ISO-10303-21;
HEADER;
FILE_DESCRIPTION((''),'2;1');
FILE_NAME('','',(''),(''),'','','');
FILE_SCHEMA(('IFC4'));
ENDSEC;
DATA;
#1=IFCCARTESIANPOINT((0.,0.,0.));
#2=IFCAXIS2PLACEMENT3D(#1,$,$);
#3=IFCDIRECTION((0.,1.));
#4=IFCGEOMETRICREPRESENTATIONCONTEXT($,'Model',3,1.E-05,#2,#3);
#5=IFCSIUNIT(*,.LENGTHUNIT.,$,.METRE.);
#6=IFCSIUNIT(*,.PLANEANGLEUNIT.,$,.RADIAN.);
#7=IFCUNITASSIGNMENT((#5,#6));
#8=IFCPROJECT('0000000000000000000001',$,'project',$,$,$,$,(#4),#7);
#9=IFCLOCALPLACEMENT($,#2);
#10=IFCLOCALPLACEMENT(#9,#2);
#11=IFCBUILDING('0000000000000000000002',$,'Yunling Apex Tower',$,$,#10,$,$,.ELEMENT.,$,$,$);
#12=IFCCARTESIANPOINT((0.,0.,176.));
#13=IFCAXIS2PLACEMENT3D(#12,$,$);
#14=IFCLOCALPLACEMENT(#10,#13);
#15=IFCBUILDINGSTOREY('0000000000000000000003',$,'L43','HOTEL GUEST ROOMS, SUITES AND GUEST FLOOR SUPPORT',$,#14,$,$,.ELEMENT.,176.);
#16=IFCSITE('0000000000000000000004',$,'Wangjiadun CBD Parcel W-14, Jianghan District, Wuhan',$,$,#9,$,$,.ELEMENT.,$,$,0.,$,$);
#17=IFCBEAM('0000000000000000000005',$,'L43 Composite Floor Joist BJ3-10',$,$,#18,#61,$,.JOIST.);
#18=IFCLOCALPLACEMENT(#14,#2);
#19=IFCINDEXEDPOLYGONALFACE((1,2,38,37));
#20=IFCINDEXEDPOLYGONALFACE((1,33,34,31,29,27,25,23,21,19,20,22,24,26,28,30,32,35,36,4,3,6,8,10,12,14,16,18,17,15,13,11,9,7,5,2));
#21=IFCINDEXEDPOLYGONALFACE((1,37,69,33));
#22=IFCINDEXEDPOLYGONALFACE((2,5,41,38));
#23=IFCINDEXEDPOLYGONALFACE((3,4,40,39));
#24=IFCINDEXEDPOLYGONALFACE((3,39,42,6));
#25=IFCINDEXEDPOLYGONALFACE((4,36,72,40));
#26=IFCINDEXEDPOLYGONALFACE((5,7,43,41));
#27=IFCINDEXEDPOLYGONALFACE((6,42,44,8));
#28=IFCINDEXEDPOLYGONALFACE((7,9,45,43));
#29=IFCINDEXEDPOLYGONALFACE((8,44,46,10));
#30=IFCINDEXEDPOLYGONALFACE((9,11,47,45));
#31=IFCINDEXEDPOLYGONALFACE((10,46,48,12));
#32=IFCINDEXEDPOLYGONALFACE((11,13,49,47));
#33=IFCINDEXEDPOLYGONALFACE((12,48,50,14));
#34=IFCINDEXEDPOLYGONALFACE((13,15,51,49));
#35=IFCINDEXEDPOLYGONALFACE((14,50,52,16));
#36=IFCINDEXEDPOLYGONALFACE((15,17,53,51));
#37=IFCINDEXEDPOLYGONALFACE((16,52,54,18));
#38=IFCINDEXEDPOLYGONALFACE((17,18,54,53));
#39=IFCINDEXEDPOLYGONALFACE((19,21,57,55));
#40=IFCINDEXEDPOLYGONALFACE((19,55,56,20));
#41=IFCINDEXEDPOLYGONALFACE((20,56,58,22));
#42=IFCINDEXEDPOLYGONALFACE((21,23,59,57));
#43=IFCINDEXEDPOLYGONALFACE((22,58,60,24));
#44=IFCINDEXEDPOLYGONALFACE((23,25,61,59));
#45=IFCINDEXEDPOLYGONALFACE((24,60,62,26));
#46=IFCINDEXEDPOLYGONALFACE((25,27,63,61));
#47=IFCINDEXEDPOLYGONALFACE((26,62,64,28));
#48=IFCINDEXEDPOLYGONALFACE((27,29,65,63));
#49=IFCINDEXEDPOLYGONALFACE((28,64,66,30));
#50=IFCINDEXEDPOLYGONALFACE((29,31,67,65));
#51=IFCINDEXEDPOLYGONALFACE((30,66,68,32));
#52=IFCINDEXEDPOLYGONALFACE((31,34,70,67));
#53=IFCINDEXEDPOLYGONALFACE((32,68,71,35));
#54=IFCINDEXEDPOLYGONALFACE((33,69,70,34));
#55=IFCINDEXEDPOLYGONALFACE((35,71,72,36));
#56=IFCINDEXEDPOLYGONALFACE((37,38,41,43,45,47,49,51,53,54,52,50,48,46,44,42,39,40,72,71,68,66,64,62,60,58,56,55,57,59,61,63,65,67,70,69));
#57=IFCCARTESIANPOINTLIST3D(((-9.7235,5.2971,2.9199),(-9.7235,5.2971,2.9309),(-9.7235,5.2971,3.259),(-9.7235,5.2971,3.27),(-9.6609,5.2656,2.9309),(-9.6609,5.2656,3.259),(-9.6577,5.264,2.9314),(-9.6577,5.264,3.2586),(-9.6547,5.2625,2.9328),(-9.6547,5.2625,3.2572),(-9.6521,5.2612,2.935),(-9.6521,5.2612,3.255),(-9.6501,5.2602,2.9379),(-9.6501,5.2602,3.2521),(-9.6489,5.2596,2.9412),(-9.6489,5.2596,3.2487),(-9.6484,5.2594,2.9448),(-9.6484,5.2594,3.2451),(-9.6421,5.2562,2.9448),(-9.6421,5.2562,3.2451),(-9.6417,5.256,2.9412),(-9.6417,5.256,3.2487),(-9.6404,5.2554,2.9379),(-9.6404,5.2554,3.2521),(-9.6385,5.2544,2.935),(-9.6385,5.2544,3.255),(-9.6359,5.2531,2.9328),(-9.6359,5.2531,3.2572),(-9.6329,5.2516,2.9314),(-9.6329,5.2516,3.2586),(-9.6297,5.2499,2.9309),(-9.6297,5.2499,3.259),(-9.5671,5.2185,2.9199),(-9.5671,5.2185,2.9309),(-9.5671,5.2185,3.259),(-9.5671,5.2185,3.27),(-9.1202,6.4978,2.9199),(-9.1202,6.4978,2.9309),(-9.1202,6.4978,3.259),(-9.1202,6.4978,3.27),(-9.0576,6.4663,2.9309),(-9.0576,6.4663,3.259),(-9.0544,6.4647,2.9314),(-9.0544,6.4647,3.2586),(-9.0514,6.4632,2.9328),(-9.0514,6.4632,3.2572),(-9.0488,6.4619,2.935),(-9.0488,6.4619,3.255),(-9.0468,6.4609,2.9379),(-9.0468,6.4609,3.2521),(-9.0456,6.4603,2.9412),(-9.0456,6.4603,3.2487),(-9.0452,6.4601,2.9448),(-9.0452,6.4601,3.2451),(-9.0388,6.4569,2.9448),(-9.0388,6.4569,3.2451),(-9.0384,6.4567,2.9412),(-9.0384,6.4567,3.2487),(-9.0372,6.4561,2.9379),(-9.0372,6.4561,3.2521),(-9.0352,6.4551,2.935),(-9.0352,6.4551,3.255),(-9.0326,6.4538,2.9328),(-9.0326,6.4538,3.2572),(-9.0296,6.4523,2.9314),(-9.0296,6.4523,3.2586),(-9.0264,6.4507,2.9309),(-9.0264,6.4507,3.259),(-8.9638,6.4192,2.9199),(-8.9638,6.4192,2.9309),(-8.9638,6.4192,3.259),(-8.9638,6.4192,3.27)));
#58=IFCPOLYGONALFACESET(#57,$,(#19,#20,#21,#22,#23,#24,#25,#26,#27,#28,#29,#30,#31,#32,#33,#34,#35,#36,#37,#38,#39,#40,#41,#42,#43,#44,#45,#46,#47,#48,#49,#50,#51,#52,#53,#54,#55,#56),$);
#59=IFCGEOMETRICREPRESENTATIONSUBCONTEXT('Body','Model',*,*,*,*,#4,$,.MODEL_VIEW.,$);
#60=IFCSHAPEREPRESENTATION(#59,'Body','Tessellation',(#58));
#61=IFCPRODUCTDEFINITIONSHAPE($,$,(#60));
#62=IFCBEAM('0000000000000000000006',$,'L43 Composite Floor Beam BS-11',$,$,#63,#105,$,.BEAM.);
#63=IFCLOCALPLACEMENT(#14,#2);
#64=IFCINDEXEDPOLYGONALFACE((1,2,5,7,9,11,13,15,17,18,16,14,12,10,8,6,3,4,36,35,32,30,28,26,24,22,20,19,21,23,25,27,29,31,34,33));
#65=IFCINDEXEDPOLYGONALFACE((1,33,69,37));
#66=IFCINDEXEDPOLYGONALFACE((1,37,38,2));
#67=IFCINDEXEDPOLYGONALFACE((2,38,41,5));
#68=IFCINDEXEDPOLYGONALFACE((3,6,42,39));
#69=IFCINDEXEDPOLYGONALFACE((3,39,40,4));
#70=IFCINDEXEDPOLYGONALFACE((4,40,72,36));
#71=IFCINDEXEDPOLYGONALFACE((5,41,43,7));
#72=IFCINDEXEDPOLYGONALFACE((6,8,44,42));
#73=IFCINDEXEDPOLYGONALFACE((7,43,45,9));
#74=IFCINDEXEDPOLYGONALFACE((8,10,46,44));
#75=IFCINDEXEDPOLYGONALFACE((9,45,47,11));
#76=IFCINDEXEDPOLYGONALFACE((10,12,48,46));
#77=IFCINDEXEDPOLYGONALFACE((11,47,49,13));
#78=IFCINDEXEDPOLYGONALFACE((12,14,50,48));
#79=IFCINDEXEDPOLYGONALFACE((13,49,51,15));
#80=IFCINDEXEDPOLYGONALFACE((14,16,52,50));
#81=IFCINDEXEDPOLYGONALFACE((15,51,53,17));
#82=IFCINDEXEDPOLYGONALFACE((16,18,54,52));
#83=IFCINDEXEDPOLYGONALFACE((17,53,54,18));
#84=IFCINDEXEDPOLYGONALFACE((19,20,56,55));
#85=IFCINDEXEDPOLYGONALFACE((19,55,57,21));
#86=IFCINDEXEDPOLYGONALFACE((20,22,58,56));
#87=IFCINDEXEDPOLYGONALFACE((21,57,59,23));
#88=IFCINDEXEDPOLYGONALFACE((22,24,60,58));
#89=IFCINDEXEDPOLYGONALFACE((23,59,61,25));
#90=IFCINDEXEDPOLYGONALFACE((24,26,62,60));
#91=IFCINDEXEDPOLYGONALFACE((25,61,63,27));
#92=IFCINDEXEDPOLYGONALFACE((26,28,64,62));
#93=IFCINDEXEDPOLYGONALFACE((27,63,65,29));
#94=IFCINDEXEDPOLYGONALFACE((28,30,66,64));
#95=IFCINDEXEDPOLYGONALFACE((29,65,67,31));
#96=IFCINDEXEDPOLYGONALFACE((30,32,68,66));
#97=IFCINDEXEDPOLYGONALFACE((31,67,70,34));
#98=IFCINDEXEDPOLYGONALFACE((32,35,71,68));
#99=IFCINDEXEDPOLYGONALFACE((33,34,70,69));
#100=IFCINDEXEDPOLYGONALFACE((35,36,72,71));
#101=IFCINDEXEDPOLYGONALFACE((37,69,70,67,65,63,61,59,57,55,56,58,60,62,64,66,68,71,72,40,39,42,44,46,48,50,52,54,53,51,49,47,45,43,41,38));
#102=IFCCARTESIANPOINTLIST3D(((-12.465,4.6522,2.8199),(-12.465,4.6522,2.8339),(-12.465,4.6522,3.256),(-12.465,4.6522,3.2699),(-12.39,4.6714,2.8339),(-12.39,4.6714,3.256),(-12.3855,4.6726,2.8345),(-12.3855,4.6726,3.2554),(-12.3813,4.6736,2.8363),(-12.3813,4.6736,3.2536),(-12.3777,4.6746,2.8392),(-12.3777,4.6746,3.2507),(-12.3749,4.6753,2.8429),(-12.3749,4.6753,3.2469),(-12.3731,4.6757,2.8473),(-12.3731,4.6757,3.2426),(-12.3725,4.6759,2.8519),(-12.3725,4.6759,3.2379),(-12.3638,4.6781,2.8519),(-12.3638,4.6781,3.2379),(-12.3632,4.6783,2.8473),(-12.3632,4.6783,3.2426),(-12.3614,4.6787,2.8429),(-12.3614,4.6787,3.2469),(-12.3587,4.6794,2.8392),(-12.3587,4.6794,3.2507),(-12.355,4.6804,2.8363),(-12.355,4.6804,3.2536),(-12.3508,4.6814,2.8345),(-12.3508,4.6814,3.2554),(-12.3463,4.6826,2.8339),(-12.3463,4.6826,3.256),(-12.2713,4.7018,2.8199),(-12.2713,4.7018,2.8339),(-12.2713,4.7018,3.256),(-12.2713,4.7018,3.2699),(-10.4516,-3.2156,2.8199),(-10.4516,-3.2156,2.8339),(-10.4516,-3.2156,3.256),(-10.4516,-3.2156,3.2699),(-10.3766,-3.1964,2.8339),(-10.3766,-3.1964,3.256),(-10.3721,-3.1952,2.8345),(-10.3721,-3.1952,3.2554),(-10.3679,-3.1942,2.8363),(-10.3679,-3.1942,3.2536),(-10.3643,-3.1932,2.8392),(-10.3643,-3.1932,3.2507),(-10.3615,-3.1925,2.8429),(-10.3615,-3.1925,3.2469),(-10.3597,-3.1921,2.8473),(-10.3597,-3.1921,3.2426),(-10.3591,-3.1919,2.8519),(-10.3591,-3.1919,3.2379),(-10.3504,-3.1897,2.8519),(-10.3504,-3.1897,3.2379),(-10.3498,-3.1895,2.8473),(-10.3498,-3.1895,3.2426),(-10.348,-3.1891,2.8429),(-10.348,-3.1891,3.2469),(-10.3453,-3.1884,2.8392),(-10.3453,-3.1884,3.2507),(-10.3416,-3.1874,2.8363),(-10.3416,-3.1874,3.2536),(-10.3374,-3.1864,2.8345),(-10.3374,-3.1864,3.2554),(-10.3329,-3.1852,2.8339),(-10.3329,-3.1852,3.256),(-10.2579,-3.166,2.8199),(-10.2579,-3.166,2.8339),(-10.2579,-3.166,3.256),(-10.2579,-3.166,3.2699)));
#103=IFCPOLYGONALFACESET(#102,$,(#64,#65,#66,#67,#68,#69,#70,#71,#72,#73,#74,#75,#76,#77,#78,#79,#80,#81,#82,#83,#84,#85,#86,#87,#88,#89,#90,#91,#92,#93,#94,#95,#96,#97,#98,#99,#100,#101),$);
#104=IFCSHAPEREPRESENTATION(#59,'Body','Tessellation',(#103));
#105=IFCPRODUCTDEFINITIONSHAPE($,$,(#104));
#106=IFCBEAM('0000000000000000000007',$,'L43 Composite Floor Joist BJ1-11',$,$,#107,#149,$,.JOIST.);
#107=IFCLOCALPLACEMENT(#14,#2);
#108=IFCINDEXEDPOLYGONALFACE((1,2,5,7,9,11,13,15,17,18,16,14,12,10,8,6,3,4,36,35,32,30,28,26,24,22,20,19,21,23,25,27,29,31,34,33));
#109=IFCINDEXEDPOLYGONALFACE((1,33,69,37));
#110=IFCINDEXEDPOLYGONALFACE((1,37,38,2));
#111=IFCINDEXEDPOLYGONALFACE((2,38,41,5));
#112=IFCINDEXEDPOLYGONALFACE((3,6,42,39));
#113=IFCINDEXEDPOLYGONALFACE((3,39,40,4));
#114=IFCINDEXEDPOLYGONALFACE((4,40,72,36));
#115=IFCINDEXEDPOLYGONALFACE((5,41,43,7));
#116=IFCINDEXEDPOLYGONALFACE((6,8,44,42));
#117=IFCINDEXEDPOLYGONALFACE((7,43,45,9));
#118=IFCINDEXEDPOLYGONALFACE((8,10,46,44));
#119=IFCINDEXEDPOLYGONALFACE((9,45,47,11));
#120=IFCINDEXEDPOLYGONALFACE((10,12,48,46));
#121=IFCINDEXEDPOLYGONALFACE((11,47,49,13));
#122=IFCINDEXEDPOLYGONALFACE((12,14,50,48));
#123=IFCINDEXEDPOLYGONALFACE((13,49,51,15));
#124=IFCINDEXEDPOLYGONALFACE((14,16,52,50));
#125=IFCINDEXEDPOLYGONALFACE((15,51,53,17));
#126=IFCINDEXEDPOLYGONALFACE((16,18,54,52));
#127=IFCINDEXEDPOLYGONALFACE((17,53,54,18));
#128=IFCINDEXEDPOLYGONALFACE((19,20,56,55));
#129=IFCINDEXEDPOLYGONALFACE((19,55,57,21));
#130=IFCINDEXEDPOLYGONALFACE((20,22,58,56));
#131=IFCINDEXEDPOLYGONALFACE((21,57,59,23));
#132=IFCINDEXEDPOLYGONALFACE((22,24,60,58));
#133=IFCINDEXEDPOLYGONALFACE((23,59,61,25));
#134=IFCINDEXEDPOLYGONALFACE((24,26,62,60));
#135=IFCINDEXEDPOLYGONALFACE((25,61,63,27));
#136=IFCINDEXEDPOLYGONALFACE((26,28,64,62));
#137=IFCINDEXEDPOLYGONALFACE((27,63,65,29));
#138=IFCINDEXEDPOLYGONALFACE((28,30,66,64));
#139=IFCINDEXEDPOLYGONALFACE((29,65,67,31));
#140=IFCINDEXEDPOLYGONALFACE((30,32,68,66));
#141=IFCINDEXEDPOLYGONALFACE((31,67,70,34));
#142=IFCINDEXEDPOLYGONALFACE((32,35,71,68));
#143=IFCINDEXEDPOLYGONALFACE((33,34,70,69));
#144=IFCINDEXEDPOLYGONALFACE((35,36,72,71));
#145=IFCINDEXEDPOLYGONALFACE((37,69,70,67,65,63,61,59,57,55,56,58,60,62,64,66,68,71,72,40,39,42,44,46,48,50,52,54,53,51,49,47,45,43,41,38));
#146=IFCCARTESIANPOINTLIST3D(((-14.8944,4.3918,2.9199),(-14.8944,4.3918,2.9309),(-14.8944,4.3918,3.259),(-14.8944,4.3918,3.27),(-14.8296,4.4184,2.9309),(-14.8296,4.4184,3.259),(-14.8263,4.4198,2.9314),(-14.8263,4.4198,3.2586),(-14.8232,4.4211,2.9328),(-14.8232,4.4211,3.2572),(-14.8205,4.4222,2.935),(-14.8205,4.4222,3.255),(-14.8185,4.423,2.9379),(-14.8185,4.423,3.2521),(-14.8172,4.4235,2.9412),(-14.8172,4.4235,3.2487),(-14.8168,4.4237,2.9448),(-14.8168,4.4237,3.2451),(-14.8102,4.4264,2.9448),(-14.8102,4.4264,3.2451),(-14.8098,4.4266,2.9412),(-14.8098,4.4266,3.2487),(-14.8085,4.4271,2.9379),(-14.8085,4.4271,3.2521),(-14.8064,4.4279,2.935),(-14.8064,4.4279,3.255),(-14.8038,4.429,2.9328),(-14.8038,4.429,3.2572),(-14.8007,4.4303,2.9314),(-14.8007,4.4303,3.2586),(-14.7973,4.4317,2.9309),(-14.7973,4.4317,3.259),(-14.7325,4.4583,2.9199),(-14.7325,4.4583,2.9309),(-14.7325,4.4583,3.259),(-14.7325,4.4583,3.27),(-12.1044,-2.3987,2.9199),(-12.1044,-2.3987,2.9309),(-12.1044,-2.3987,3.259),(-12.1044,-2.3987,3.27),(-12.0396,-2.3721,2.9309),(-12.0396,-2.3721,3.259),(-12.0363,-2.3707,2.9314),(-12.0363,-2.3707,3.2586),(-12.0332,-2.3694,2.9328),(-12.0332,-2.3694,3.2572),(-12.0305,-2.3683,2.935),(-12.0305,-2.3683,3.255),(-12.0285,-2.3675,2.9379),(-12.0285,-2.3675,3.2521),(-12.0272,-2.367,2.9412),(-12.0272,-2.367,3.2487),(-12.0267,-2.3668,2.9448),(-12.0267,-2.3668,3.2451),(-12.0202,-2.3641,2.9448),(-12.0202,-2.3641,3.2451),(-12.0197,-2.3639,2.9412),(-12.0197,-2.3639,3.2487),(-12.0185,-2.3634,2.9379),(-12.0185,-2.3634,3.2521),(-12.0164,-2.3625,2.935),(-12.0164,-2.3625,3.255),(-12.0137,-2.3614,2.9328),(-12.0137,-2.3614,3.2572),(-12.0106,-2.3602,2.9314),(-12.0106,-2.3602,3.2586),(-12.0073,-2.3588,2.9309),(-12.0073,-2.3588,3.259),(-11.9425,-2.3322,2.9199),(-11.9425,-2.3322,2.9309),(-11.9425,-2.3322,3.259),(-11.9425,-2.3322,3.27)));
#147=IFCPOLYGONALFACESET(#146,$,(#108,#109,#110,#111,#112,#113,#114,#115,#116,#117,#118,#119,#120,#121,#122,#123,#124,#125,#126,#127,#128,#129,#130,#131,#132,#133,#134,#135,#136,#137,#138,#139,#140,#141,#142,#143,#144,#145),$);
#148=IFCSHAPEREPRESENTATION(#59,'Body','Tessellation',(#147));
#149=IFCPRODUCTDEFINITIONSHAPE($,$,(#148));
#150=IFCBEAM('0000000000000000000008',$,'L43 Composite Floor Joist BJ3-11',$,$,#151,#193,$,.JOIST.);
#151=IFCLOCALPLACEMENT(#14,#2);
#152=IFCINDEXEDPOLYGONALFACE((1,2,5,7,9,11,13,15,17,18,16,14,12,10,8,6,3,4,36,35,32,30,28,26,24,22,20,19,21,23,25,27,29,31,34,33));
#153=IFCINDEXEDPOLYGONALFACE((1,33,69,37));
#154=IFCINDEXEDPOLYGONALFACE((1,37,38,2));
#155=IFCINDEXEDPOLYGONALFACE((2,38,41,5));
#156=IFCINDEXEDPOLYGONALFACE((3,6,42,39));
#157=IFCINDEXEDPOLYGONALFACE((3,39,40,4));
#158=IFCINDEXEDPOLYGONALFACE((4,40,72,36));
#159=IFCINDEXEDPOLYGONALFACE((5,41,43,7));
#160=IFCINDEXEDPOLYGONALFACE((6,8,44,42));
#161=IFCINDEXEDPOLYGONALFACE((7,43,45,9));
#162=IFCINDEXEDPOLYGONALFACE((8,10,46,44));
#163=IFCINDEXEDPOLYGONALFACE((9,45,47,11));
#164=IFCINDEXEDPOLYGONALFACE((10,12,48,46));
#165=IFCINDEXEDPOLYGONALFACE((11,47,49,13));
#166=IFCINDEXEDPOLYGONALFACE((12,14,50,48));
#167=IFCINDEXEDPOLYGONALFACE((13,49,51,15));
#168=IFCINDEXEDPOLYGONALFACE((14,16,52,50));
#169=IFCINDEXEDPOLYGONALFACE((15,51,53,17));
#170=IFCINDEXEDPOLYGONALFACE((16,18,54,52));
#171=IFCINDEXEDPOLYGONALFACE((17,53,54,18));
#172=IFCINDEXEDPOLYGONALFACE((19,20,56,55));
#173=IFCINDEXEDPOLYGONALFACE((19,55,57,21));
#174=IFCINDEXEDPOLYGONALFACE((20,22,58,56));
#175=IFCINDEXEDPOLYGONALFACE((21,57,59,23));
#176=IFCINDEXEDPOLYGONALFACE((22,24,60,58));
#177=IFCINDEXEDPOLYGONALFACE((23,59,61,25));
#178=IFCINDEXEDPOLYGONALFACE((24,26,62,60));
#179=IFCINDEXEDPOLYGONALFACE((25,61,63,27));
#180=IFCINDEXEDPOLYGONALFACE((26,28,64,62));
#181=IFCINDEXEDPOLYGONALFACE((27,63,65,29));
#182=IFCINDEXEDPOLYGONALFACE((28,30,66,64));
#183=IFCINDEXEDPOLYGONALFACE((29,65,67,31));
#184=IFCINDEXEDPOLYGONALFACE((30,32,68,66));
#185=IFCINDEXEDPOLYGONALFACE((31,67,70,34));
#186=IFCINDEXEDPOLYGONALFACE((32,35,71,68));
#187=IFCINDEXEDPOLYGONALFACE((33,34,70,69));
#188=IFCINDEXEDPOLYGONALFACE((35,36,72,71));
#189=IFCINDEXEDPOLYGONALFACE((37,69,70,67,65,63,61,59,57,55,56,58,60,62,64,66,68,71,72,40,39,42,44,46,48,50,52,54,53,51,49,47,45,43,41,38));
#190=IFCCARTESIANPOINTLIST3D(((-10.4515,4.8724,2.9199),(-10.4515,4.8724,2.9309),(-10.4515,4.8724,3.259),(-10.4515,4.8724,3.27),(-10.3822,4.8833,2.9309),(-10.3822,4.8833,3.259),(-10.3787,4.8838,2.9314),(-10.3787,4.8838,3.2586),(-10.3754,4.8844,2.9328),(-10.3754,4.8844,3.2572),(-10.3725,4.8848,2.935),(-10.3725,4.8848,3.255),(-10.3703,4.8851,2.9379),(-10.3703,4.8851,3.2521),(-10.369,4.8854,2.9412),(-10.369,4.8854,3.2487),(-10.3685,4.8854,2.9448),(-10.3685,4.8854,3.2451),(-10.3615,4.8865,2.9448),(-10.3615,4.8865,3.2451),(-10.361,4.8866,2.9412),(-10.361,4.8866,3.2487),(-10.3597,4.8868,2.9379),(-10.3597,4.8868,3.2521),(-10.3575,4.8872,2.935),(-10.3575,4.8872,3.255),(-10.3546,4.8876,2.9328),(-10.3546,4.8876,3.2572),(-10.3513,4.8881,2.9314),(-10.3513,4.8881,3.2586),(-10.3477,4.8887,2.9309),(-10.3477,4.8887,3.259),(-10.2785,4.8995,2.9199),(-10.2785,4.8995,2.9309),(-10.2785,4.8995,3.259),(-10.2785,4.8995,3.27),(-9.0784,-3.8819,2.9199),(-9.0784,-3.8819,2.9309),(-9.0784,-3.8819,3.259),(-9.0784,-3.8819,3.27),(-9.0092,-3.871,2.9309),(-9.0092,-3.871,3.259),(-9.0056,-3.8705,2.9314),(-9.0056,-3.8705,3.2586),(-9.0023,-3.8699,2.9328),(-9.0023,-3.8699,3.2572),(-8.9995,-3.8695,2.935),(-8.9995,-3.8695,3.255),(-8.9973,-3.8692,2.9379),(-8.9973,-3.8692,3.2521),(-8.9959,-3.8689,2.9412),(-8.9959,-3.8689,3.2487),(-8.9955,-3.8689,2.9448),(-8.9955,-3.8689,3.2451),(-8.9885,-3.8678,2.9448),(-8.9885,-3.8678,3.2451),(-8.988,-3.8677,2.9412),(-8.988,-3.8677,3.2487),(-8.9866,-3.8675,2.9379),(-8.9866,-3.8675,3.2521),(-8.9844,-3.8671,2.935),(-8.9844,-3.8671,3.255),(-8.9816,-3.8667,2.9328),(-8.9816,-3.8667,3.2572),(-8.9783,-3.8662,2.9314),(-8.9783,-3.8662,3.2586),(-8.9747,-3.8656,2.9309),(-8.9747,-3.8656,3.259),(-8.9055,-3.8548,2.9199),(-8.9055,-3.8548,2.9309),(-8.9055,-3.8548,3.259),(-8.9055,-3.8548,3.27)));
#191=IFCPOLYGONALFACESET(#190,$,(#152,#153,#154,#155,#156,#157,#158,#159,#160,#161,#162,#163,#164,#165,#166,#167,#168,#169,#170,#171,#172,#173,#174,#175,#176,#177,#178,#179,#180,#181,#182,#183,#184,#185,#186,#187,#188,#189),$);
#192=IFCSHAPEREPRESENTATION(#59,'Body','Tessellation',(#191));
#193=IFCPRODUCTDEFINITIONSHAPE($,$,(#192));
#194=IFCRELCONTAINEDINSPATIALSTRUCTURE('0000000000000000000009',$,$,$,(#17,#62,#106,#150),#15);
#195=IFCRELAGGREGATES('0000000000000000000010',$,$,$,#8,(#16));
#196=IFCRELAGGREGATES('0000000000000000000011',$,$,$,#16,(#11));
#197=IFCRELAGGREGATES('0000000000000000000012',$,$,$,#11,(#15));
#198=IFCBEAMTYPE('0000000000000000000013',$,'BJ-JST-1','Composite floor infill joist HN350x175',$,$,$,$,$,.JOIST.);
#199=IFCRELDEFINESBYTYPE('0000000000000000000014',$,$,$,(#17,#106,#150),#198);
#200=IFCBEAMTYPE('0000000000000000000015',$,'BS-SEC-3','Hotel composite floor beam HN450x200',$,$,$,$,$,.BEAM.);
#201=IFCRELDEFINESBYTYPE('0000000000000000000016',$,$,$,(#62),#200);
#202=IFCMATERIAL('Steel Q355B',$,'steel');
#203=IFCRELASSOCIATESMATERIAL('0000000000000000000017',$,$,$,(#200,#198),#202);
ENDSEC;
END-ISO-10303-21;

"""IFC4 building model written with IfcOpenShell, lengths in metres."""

from ifc_helpers import new_model, si_unit, direction, frame, origin, origin_2d, place, context, subcontext, project, spatial, i_section, extrude, source, transform, mapped, material, material_profile, profile_set, type_object, element, save


model = new_model("IFC4")

# Units and contexts
model_context = context("Model", 3, precision=1e-05, world=origin(), true_north=direction((0.0, 1.0)))
body_context = subcontext(model_context, "Body", "Model", "MODEL_VIEW")
ifc_project = project(units=[si_unit("LENGTHUNIT", "METRE"), si_unit("PLANEANGLEUNIT", "RADIAN")], contexts=[model_context])

# Site, building, storey
site_placement = place(None, origin())
site = spatial("IfcSite", under=ifc_project, at=site_placement, Name="Wangjiadun CBD Parcel W-14, Jianghan District, Wuhan", CompositionType="ELEMENT", RefElevation=0.0)
building_placement = place(site_placement, origin())
building = spatial("IfcBuilding", under=site, at=building_placement, Name="Yunling Apex Tower", CompositionType="ELEMENT")
storey_placement = place(building_placement, frame((0.0, 0.0, 176.0)))
storey = spatial("IfcBuildingStorey", under=building, at=storey_placement, Name="L43", Description="HOTEL GUEST ROOMS, SUITES AND GUEST FLOOR SUPPORT", CompositionType="ELEMENT", Elevation=176.0)

# Beams
ifc_material_1 = material(Name="Steel Q355B", Category="steel")
ifc_material_profile_1 = material_profile(ifc_material_1, i_section(OverallWidth=0.2, OverallDepth=0.45, WebThickness=0.009, FlangeThickness=0.0139, FilletRadius=0.0181, at=origin_2d()))
ifc_profile_set_1 = profile_set([ifc_material_profile_1], Name="Steel Q355B")
beam_type_1 = type_object("IfcBeamType", Name="BS-SEC-3", Description="Hotel composite floor beam HN450x200", PredefinedType="BEAM", material=ifc_profile_set_1)
ifc_material_profile_2 = material_profile(ifc_material_1, i_section(OverallWidth=0.175, OverallDepth=0.3501, WebThickness=0.0071, FlangeThickness=0.011, FilletRadius=0.0139, at=origin_2d()))
ifc_profile_set_2 = profile_set([ifc_material_profile_2], Name="Steel Q355B")
beam_type_2 = type_object("IfcBeamType", Name="BJ-JST-1", Description="Composite floor infill joist HN350x175", PredefinedType="JOIST", material=ifc_profile_set_2)
shared_shape_1 = source(origin(), body_context, "Body", "SweptSolid", [
    extrude(i_section(OverallWidth=0.175, OverallDepth=0.3501, WebThickness=0.0071, FlangeThickness=0.011, FilletRadius=0.0139, at=origin_2d()), origin(), (0.0, 0.0, 1.0), 1.3438),
])
beam_1_placement = place(storey_placement, frame((-9.042, 6.4585, 3.095), z_axis=(-0.448957, -0.893553, 0.0), x_axis=(0.893553, -0.448957, 0.0)))
element("IfcBeam", 1, at=beam_1_placement, inside=storey, type_object=beam_type_2, Name="L43 Composite Floor Joist BJ3-10", PredefinedType="JOIST", context=body_context, shape_type="MappedRepresentation", body=[
    mapped(shared_shape_1, transform((0.0, 0.0, 0.0), scale=1.0)),
])
shared_shape_2 = source(origin(), body_context, "Body", "SweptSolid", [
    extrude(i_section(OverallWidth=0.2, OverallDepth=0.45, WebThickness=0.009, FlangeThickness=0.0139, FilletRadius=0.0181, at=origin_2d()), origin(), (0.0, 0.0, 1.0), 8.1213),
])
beam_2_placement = place(storey_placement, frame((-12.3682, 4.677, 3.0449), z_axis=(0.247915, -0.968782, 0.0), x_axis=(0.968782, 0.247915, 0.0)))
element("IfcBeam", 2, at=beam_2_placement, inside=storey, type_object=beam_type_1, Name="L43 Composite Floor Beam BS-11", PredefinedType="BEAM", context=body_context, shape_type="MappedRepresentation", body=[
    mapped(shared_shape_2, transform((0.0, 0.0, 0.0), scale=1.0)),
])
shared_shape_3 = source(origin(), body_context, "Body", "SweptSolid", [
    extrude(i_section(OverallWidth=0.175, OverallDepth=0.3501, WebThickness=0.0071, FlangeThickness=0.011, FilletRadius=0.0139, at=origin_2d()), origin(), (0.0, 0.0, 1.0), 7.3413),
])
beam_3_placement = place(storey_placement, frame((-14.8135, 4.425, 3.095), z_axis=(0.380044, -0.924968, 0.0), x_axis=(0.924968, 0.380044, 0.0)))
element("IfcBeam", 3, at=beam_3_placement, inside=storey, type_object=beam_type_2, Name="L43 Composite Floor Joist BJ1-11", PredefinedType="JOIST", context=body_context, shape_type="MappedRepresentation", body=[
    mapped(shared_shape_3, transform((0.0, 0.0, 0.0), scale=1.0)),
])
shared_shape_4 = source(origin(), body_context, "Body", "SweptSolid", [
    extrude(i_section(OverallWidth=0.175, OverallDepth=0.3501, WebThickness=0.0071, FlangeThickness=0.011, FilletRadius=0.0139, at=origin_2d()), origin(), (0.0, 0.0, 1.0), 8.8613),
])
beam_4_placement = place(storey_placement, frame((-10.365, 4.886, 3.095), z_axis=(0.154947, -0.987923, 0.0), x_axis=(0.987923, 0.154947, 0.0)))
element("IfcBeam", 4, at=beam_4_placement, inside=storey, type_object=beam_type_2, Name="L43 Composite Floor Joist BJ3-11", PredefinedType="JOIST", context=body_context, shape_type="MappedRepresentation", body=[
    mapped(shared_shape_4, transform((0.0, 0.0, 0.0), scale=1.0)),
])

save(model, "model.ifc")
